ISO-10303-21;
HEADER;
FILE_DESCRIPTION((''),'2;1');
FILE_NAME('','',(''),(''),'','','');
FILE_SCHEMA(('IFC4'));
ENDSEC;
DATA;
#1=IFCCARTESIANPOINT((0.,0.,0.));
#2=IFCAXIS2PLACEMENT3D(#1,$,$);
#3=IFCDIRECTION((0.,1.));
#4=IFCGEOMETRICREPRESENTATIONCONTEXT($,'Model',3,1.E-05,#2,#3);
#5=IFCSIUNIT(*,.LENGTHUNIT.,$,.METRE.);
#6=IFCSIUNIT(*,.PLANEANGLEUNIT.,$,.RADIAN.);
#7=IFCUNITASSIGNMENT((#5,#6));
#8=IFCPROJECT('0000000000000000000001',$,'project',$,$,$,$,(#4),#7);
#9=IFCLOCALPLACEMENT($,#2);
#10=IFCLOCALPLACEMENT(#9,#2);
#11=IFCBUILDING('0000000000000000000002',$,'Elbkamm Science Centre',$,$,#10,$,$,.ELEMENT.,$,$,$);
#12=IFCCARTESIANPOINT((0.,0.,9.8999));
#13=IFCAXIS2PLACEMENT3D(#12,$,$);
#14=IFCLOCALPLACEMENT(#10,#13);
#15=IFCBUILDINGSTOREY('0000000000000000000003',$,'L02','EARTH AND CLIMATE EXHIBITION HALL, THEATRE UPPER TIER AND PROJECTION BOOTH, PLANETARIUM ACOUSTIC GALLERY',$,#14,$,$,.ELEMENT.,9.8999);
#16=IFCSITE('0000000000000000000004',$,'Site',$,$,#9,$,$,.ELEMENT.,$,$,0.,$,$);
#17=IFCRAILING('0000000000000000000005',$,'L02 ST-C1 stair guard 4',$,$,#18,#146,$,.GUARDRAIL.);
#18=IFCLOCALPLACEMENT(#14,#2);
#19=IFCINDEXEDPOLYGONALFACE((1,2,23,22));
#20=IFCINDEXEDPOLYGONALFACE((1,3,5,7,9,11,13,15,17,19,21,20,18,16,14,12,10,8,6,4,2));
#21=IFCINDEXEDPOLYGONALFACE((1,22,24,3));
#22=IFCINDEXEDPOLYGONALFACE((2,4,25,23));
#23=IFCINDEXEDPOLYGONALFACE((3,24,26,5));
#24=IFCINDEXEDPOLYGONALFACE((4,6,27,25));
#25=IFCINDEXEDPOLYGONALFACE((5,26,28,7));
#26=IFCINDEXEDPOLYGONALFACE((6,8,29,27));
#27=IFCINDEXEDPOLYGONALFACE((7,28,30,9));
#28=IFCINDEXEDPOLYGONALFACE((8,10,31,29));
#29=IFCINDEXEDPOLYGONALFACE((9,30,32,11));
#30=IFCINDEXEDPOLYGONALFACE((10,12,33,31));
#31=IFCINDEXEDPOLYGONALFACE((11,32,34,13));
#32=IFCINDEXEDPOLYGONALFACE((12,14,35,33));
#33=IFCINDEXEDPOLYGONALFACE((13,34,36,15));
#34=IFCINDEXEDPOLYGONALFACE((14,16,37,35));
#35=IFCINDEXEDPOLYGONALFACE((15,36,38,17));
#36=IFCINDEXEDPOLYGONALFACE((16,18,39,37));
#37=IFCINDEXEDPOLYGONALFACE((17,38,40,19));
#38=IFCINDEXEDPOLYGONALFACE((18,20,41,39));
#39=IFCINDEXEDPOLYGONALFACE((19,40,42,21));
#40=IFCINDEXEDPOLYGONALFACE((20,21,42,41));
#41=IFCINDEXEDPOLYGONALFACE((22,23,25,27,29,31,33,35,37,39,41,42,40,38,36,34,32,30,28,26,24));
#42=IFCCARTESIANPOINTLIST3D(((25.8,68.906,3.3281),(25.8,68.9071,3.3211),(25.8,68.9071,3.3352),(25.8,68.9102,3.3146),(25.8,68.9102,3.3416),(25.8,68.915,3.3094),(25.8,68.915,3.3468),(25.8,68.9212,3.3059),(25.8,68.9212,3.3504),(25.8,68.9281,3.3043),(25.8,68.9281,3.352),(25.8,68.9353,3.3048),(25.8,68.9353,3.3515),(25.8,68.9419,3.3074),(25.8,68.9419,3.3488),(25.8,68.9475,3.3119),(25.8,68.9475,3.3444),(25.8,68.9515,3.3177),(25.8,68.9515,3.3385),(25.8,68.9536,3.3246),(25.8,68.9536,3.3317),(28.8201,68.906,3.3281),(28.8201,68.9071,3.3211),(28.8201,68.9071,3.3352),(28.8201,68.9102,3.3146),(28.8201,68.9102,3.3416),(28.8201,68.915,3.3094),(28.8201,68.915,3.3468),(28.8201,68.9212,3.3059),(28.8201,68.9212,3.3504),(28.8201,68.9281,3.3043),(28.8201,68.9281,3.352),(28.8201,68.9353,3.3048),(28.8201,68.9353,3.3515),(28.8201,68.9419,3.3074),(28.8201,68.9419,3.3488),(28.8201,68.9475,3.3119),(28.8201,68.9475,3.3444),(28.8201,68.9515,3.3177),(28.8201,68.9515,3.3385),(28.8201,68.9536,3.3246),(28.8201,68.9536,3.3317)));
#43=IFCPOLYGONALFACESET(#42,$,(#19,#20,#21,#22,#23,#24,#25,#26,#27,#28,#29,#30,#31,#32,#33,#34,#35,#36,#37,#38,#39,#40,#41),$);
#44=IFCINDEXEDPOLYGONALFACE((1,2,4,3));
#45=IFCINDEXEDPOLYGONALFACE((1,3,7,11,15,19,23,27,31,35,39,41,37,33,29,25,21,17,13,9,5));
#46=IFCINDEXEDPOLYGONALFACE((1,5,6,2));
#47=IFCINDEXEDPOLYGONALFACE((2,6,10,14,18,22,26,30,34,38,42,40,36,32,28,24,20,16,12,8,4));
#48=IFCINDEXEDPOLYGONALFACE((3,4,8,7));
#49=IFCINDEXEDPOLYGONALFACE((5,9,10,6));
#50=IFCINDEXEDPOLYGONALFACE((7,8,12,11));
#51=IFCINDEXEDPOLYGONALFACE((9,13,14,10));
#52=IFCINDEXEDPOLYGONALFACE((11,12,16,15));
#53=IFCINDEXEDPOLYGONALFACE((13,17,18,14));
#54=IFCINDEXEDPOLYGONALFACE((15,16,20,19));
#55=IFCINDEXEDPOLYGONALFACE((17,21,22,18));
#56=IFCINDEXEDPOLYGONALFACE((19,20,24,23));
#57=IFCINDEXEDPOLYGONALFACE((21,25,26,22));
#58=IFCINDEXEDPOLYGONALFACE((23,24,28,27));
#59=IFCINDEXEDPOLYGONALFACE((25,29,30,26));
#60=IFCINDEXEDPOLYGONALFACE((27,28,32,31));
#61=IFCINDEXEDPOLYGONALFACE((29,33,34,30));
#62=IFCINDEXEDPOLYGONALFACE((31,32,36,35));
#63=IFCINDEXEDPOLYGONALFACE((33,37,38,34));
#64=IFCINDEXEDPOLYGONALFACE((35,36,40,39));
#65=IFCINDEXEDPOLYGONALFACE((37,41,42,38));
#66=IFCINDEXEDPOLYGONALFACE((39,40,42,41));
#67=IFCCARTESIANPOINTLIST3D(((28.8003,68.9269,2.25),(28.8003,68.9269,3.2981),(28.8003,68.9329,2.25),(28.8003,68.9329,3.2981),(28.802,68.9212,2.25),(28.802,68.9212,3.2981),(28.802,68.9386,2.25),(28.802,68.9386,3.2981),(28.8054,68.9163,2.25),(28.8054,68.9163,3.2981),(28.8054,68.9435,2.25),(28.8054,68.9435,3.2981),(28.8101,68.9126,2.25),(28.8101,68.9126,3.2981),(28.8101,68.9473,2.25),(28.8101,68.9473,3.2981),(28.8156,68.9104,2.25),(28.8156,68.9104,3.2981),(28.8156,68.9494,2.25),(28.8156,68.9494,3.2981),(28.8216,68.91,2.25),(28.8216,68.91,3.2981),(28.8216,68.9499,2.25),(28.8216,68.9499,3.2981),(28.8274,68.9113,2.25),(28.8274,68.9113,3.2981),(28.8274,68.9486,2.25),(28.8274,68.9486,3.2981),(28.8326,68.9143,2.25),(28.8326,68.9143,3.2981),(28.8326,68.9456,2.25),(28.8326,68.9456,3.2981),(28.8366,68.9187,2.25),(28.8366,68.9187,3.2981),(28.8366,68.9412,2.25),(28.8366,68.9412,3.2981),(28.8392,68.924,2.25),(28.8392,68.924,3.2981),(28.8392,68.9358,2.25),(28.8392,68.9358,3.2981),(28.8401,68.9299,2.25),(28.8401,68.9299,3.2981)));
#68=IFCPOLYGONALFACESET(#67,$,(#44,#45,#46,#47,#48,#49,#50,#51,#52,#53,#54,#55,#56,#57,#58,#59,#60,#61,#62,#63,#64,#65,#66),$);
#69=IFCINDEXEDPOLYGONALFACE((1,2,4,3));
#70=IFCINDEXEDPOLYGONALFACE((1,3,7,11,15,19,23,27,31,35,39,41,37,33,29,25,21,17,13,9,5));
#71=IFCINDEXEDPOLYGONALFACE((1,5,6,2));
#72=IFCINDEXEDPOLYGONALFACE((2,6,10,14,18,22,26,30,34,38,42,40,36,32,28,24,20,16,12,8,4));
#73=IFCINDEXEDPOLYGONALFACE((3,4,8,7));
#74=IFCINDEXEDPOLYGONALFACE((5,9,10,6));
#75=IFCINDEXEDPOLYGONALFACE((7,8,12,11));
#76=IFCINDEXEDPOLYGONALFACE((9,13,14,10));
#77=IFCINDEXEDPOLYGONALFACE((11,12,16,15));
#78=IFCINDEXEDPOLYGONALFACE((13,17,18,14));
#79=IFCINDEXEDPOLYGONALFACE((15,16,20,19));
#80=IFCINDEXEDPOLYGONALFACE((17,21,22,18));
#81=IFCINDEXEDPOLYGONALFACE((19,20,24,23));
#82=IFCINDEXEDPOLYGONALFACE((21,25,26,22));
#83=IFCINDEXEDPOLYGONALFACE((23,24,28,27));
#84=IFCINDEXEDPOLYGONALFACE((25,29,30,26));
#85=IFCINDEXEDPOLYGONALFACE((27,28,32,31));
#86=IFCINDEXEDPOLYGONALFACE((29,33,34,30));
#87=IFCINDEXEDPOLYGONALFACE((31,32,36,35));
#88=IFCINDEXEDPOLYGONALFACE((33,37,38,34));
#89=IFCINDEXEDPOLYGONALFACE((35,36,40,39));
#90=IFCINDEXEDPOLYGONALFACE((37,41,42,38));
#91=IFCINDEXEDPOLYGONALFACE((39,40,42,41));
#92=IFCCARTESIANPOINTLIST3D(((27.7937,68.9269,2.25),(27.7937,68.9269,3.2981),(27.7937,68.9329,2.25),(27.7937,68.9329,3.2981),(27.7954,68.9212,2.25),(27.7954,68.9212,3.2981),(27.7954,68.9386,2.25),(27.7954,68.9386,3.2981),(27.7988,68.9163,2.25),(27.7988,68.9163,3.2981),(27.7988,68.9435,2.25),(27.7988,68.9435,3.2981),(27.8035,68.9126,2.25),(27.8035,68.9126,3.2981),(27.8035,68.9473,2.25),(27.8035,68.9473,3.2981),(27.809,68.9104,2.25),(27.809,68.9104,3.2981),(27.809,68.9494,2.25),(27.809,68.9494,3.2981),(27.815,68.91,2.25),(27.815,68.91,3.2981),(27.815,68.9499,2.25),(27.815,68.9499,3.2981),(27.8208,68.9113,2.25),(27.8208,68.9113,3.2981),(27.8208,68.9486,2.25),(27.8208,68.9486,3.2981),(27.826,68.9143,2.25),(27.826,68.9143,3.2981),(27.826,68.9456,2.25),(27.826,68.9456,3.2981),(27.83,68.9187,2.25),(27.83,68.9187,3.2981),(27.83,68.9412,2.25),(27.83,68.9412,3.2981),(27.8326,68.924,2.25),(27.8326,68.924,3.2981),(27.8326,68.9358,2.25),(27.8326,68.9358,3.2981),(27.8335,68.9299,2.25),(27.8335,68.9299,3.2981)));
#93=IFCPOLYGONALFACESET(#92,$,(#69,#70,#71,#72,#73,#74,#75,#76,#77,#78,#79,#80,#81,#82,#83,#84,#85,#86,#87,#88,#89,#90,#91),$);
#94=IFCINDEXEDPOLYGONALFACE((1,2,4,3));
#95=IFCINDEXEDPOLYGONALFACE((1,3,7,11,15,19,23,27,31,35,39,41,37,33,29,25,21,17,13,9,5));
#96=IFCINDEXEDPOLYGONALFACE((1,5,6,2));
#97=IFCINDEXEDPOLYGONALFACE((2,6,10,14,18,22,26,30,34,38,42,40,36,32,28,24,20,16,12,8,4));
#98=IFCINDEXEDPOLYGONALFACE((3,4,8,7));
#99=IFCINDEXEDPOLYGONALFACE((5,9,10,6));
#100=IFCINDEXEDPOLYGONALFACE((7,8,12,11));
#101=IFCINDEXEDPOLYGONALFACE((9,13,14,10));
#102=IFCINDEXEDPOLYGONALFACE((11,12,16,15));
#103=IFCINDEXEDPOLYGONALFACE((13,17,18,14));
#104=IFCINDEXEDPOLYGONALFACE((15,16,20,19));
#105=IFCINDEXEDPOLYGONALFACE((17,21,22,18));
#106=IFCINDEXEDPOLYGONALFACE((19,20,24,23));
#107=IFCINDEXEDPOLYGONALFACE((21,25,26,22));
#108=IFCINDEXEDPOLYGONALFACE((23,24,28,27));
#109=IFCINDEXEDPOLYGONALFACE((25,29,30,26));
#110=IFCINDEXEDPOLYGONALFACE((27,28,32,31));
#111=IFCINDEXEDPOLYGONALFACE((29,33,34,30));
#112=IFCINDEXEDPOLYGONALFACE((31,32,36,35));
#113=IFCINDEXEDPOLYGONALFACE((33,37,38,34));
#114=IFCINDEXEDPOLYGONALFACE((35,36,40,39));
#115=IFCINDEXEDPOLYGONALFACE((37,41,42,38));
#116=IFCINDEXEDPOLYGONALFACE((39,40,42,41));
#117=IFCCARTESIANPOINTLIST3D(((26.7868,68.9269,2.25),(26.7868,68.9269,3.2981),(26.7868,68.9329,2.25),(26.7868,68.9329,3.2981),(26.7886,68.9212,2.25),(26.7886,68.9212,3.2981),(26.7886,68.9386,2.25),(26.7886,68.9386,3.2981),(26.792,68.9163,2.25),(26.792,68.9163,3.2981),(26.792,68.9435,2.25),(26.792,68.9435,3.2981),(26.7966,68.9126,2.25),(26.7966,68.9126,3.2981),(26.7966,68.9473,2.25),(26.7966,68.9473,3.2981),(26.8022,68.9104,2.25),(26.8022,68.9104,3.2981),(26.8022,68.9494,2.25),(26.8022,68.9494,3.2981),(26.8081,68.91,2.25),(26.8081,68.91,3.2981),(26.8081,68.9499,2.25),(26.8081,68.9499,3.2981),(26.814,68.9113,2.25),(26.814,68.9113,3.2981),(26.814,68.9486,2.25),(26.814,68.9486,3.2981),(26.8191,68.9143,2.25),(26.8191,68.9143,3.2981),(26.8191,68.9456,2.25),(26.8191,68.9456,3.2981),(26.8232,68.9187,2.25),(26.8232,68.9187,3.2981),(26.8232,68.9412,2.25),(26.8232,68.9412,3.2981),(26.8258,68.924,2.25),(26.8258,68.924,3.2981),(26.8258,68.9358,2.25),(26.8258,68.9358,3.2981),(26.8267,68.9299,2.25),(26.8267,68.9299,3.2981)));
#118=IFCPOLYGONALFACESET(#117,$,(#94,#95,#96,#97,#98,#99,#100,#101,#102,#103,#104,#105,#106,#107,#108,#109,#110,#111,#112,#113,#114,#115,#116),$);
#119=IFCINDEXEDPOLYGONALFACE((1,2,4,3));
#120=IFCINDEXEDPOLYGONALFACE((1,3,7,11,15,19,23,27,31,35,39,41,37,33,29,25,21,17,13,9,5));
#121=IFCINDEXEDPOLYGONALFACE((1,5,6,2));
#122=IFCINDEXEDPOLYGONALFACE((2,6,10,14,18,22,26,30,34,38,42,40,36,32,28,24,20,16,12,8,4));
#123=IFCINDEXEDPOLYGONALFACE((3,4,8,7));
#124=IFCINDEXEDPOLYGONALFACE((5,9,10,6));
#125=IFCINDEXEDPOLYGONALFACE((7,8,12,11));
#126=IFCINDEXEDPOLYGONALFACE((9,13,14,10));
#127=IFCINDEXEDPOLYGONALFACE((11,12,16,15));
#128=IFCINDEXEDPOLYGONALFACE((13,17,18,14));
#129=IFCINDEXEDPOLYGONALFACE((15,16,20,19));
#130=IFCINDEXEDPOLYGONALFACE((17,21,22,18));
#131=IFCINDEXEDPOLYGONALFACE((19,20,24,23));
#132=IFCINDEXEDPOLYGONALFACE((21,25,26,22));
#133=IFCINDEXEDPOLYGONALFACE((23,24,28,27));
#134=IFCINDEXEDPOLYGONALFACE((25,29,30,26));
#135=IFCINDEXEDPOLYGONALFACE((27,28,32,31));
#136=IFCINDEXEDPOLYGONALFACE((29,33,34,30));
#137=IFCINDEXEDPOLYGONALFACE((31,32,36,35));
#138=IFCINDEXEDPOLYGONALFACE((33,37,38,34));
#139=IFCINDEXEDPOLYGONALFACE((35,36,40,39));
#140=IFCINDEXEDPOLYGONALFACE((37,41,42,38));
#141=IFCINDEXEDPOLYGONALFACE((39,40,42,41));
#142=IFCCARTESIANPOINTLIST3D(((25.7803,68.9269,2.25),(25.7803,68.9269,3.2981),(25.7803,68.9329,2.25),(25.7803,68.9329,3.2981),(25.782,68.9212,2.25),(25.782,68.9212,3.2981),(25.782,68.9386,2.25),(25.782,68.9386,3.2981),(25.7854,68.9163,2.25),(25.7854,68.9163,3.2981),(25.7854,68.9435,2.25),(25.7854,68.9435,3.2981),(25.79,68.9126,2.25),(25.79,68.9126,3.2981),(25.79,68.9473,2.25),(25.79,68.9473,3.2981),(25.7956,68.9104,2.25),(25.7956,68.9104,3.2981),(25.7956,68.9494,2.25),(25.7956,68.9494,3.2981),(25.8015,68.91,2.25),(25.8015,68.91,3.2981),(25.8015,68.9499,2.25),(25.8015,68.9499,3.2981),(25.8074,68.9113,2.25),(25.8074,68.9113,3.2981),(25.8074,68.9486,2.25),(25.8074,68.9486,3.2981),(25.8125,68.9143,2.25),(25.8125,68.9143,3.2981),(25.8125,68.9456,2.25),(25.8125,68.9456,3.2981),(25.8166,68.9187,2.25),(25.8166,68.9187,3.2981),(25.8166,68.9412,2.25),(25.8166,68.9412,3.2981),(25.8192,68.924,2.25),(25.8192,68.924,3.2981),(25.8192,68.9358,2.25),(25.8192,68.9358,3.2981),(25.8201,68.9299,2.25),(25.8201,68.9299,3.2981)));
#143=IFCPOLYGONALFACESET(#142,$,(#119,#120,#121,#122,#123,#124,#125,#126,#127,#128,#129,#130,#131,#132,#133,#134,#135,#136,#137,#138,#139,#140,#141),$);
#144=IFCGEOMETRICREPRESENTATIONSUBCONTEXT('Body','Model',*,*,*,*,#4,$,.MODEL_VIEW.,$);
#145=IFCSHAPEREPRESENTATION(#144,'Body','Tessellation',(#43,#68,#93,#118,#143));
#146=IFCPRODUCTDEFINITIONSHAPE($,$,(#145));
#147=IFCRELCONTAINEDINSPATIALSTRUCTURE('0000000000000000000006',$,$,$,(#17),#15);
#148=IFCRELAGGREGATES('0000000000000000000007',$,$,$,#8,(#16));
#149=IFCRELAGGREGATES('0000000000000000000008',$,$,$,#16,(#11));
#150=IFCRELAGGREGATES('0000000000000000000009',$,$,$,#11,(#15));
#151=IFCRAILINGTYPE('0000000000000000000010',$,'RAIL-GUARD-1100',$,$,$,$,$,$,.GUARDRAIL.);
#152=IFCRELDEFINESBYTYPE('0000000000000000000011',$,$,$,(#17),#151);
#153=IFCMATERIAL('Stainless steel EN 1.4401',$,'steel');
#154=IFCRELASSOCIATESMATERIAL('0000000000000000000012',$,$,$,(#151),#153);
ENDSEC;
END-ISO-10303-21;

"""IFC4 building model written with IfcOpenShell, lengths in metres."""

from ifc_helpers import new_model, si_unit, direction, frame, origin, origin_2d, place, context, subcontext, project, spatial, circle, extrude, material, type_object, element, save


model = new_model("IFC4")

# Units and contexts
model_context = context("Model", 3, precision=1e-05, world=origin(), true_north=direction((0.0, 1.0)))
body_context = subcontext(model_context, "Body", "Model", "MODEL_VIEW")
ifc_project = project(units=[si_unit("LENGTHUNIT", "METRE"), si_unit("PLANEANGLEUNIT", "RADIAN")], contexts=[model_context])

# Site, building, storey
site_placement = place(None, origin())
site = spatial("IfcSite", under=ifc_project, at=site_placement, Name="Site", CompositionType="ELEMENT", RefElevation=0.0)
building_placement = place(site_placement, origin())
building = spatial("IfcBuilding", under=site, at=building_placement, Name="Elbkamm Science Centre", CompositionType="ELEMENT")
storey_placement = place(building_placement, frame((0.0, 0.0, 9.8999)))
storey = spatial("IfcBuildingStorey", under=building, at=storey_placement, Name="L02", Description="EARTH AND CLIMATE EXHIBITION HALL, THEATRE UPPER TIER AND PROJECTION BOOTH, PLANETARIUM ACOUSTIC GALLERY", CompositionType="ELEMENT", Elevation=9.8999)

# Railing
ifc_material_1 = material(Name="Stainless steel EN 1.4401", Category="steel")
railing_type_1 = type_object("IfcRailingType", Name="RAIL-GUARD-1100", PredefinedType="GUARDRAIL", material=ifc_material_1)
railing_1_placement = place(storey_placement, frame((28.8201, 68.9299, 2.25)))
element("IfcRailing", 1, at=railing_1_placement, inside=storey, type_object=railing_type_1, Name="L02 ST-C1 stair guard 4", PredefinedType="GUARDRAIL", context=body_context, shape_type="SweptSolid", body=[
    extrude(circle(Radius=0.0239, at=origin_2d()), frame((0.0, 0.0, 1.0781), z_axis=(-1.0, 0.0, 0.0), x_axis=(0.0, -1.0, 0.0)), (0.0, 0.0, 1.0), 3.02),
    extrude(circle(Radius=0.02, at=origin_2d()), origin(), (0.0, 0.0, 1.0), 1.0481),
    extrude(circle(Radius=0.02, at=origin_2d()), frame((-1.0066, 0.0, 0.0)), (0.0, 0.0, 1.0), 1.0481),
    extrude(circle(Radius=0.02, at=origin_2d()), frame((-2.0134, 0.0, 0.0)), (0.0, 0.0, 1.0), 1.0481),
    extrude(circle(Radius=0.02, at=origin_2d()), frame((-3.02, 0.0, 0.0)), (0.0, 0.0, 1.0), 1.0481),
])

save(model, "model.ifc")
